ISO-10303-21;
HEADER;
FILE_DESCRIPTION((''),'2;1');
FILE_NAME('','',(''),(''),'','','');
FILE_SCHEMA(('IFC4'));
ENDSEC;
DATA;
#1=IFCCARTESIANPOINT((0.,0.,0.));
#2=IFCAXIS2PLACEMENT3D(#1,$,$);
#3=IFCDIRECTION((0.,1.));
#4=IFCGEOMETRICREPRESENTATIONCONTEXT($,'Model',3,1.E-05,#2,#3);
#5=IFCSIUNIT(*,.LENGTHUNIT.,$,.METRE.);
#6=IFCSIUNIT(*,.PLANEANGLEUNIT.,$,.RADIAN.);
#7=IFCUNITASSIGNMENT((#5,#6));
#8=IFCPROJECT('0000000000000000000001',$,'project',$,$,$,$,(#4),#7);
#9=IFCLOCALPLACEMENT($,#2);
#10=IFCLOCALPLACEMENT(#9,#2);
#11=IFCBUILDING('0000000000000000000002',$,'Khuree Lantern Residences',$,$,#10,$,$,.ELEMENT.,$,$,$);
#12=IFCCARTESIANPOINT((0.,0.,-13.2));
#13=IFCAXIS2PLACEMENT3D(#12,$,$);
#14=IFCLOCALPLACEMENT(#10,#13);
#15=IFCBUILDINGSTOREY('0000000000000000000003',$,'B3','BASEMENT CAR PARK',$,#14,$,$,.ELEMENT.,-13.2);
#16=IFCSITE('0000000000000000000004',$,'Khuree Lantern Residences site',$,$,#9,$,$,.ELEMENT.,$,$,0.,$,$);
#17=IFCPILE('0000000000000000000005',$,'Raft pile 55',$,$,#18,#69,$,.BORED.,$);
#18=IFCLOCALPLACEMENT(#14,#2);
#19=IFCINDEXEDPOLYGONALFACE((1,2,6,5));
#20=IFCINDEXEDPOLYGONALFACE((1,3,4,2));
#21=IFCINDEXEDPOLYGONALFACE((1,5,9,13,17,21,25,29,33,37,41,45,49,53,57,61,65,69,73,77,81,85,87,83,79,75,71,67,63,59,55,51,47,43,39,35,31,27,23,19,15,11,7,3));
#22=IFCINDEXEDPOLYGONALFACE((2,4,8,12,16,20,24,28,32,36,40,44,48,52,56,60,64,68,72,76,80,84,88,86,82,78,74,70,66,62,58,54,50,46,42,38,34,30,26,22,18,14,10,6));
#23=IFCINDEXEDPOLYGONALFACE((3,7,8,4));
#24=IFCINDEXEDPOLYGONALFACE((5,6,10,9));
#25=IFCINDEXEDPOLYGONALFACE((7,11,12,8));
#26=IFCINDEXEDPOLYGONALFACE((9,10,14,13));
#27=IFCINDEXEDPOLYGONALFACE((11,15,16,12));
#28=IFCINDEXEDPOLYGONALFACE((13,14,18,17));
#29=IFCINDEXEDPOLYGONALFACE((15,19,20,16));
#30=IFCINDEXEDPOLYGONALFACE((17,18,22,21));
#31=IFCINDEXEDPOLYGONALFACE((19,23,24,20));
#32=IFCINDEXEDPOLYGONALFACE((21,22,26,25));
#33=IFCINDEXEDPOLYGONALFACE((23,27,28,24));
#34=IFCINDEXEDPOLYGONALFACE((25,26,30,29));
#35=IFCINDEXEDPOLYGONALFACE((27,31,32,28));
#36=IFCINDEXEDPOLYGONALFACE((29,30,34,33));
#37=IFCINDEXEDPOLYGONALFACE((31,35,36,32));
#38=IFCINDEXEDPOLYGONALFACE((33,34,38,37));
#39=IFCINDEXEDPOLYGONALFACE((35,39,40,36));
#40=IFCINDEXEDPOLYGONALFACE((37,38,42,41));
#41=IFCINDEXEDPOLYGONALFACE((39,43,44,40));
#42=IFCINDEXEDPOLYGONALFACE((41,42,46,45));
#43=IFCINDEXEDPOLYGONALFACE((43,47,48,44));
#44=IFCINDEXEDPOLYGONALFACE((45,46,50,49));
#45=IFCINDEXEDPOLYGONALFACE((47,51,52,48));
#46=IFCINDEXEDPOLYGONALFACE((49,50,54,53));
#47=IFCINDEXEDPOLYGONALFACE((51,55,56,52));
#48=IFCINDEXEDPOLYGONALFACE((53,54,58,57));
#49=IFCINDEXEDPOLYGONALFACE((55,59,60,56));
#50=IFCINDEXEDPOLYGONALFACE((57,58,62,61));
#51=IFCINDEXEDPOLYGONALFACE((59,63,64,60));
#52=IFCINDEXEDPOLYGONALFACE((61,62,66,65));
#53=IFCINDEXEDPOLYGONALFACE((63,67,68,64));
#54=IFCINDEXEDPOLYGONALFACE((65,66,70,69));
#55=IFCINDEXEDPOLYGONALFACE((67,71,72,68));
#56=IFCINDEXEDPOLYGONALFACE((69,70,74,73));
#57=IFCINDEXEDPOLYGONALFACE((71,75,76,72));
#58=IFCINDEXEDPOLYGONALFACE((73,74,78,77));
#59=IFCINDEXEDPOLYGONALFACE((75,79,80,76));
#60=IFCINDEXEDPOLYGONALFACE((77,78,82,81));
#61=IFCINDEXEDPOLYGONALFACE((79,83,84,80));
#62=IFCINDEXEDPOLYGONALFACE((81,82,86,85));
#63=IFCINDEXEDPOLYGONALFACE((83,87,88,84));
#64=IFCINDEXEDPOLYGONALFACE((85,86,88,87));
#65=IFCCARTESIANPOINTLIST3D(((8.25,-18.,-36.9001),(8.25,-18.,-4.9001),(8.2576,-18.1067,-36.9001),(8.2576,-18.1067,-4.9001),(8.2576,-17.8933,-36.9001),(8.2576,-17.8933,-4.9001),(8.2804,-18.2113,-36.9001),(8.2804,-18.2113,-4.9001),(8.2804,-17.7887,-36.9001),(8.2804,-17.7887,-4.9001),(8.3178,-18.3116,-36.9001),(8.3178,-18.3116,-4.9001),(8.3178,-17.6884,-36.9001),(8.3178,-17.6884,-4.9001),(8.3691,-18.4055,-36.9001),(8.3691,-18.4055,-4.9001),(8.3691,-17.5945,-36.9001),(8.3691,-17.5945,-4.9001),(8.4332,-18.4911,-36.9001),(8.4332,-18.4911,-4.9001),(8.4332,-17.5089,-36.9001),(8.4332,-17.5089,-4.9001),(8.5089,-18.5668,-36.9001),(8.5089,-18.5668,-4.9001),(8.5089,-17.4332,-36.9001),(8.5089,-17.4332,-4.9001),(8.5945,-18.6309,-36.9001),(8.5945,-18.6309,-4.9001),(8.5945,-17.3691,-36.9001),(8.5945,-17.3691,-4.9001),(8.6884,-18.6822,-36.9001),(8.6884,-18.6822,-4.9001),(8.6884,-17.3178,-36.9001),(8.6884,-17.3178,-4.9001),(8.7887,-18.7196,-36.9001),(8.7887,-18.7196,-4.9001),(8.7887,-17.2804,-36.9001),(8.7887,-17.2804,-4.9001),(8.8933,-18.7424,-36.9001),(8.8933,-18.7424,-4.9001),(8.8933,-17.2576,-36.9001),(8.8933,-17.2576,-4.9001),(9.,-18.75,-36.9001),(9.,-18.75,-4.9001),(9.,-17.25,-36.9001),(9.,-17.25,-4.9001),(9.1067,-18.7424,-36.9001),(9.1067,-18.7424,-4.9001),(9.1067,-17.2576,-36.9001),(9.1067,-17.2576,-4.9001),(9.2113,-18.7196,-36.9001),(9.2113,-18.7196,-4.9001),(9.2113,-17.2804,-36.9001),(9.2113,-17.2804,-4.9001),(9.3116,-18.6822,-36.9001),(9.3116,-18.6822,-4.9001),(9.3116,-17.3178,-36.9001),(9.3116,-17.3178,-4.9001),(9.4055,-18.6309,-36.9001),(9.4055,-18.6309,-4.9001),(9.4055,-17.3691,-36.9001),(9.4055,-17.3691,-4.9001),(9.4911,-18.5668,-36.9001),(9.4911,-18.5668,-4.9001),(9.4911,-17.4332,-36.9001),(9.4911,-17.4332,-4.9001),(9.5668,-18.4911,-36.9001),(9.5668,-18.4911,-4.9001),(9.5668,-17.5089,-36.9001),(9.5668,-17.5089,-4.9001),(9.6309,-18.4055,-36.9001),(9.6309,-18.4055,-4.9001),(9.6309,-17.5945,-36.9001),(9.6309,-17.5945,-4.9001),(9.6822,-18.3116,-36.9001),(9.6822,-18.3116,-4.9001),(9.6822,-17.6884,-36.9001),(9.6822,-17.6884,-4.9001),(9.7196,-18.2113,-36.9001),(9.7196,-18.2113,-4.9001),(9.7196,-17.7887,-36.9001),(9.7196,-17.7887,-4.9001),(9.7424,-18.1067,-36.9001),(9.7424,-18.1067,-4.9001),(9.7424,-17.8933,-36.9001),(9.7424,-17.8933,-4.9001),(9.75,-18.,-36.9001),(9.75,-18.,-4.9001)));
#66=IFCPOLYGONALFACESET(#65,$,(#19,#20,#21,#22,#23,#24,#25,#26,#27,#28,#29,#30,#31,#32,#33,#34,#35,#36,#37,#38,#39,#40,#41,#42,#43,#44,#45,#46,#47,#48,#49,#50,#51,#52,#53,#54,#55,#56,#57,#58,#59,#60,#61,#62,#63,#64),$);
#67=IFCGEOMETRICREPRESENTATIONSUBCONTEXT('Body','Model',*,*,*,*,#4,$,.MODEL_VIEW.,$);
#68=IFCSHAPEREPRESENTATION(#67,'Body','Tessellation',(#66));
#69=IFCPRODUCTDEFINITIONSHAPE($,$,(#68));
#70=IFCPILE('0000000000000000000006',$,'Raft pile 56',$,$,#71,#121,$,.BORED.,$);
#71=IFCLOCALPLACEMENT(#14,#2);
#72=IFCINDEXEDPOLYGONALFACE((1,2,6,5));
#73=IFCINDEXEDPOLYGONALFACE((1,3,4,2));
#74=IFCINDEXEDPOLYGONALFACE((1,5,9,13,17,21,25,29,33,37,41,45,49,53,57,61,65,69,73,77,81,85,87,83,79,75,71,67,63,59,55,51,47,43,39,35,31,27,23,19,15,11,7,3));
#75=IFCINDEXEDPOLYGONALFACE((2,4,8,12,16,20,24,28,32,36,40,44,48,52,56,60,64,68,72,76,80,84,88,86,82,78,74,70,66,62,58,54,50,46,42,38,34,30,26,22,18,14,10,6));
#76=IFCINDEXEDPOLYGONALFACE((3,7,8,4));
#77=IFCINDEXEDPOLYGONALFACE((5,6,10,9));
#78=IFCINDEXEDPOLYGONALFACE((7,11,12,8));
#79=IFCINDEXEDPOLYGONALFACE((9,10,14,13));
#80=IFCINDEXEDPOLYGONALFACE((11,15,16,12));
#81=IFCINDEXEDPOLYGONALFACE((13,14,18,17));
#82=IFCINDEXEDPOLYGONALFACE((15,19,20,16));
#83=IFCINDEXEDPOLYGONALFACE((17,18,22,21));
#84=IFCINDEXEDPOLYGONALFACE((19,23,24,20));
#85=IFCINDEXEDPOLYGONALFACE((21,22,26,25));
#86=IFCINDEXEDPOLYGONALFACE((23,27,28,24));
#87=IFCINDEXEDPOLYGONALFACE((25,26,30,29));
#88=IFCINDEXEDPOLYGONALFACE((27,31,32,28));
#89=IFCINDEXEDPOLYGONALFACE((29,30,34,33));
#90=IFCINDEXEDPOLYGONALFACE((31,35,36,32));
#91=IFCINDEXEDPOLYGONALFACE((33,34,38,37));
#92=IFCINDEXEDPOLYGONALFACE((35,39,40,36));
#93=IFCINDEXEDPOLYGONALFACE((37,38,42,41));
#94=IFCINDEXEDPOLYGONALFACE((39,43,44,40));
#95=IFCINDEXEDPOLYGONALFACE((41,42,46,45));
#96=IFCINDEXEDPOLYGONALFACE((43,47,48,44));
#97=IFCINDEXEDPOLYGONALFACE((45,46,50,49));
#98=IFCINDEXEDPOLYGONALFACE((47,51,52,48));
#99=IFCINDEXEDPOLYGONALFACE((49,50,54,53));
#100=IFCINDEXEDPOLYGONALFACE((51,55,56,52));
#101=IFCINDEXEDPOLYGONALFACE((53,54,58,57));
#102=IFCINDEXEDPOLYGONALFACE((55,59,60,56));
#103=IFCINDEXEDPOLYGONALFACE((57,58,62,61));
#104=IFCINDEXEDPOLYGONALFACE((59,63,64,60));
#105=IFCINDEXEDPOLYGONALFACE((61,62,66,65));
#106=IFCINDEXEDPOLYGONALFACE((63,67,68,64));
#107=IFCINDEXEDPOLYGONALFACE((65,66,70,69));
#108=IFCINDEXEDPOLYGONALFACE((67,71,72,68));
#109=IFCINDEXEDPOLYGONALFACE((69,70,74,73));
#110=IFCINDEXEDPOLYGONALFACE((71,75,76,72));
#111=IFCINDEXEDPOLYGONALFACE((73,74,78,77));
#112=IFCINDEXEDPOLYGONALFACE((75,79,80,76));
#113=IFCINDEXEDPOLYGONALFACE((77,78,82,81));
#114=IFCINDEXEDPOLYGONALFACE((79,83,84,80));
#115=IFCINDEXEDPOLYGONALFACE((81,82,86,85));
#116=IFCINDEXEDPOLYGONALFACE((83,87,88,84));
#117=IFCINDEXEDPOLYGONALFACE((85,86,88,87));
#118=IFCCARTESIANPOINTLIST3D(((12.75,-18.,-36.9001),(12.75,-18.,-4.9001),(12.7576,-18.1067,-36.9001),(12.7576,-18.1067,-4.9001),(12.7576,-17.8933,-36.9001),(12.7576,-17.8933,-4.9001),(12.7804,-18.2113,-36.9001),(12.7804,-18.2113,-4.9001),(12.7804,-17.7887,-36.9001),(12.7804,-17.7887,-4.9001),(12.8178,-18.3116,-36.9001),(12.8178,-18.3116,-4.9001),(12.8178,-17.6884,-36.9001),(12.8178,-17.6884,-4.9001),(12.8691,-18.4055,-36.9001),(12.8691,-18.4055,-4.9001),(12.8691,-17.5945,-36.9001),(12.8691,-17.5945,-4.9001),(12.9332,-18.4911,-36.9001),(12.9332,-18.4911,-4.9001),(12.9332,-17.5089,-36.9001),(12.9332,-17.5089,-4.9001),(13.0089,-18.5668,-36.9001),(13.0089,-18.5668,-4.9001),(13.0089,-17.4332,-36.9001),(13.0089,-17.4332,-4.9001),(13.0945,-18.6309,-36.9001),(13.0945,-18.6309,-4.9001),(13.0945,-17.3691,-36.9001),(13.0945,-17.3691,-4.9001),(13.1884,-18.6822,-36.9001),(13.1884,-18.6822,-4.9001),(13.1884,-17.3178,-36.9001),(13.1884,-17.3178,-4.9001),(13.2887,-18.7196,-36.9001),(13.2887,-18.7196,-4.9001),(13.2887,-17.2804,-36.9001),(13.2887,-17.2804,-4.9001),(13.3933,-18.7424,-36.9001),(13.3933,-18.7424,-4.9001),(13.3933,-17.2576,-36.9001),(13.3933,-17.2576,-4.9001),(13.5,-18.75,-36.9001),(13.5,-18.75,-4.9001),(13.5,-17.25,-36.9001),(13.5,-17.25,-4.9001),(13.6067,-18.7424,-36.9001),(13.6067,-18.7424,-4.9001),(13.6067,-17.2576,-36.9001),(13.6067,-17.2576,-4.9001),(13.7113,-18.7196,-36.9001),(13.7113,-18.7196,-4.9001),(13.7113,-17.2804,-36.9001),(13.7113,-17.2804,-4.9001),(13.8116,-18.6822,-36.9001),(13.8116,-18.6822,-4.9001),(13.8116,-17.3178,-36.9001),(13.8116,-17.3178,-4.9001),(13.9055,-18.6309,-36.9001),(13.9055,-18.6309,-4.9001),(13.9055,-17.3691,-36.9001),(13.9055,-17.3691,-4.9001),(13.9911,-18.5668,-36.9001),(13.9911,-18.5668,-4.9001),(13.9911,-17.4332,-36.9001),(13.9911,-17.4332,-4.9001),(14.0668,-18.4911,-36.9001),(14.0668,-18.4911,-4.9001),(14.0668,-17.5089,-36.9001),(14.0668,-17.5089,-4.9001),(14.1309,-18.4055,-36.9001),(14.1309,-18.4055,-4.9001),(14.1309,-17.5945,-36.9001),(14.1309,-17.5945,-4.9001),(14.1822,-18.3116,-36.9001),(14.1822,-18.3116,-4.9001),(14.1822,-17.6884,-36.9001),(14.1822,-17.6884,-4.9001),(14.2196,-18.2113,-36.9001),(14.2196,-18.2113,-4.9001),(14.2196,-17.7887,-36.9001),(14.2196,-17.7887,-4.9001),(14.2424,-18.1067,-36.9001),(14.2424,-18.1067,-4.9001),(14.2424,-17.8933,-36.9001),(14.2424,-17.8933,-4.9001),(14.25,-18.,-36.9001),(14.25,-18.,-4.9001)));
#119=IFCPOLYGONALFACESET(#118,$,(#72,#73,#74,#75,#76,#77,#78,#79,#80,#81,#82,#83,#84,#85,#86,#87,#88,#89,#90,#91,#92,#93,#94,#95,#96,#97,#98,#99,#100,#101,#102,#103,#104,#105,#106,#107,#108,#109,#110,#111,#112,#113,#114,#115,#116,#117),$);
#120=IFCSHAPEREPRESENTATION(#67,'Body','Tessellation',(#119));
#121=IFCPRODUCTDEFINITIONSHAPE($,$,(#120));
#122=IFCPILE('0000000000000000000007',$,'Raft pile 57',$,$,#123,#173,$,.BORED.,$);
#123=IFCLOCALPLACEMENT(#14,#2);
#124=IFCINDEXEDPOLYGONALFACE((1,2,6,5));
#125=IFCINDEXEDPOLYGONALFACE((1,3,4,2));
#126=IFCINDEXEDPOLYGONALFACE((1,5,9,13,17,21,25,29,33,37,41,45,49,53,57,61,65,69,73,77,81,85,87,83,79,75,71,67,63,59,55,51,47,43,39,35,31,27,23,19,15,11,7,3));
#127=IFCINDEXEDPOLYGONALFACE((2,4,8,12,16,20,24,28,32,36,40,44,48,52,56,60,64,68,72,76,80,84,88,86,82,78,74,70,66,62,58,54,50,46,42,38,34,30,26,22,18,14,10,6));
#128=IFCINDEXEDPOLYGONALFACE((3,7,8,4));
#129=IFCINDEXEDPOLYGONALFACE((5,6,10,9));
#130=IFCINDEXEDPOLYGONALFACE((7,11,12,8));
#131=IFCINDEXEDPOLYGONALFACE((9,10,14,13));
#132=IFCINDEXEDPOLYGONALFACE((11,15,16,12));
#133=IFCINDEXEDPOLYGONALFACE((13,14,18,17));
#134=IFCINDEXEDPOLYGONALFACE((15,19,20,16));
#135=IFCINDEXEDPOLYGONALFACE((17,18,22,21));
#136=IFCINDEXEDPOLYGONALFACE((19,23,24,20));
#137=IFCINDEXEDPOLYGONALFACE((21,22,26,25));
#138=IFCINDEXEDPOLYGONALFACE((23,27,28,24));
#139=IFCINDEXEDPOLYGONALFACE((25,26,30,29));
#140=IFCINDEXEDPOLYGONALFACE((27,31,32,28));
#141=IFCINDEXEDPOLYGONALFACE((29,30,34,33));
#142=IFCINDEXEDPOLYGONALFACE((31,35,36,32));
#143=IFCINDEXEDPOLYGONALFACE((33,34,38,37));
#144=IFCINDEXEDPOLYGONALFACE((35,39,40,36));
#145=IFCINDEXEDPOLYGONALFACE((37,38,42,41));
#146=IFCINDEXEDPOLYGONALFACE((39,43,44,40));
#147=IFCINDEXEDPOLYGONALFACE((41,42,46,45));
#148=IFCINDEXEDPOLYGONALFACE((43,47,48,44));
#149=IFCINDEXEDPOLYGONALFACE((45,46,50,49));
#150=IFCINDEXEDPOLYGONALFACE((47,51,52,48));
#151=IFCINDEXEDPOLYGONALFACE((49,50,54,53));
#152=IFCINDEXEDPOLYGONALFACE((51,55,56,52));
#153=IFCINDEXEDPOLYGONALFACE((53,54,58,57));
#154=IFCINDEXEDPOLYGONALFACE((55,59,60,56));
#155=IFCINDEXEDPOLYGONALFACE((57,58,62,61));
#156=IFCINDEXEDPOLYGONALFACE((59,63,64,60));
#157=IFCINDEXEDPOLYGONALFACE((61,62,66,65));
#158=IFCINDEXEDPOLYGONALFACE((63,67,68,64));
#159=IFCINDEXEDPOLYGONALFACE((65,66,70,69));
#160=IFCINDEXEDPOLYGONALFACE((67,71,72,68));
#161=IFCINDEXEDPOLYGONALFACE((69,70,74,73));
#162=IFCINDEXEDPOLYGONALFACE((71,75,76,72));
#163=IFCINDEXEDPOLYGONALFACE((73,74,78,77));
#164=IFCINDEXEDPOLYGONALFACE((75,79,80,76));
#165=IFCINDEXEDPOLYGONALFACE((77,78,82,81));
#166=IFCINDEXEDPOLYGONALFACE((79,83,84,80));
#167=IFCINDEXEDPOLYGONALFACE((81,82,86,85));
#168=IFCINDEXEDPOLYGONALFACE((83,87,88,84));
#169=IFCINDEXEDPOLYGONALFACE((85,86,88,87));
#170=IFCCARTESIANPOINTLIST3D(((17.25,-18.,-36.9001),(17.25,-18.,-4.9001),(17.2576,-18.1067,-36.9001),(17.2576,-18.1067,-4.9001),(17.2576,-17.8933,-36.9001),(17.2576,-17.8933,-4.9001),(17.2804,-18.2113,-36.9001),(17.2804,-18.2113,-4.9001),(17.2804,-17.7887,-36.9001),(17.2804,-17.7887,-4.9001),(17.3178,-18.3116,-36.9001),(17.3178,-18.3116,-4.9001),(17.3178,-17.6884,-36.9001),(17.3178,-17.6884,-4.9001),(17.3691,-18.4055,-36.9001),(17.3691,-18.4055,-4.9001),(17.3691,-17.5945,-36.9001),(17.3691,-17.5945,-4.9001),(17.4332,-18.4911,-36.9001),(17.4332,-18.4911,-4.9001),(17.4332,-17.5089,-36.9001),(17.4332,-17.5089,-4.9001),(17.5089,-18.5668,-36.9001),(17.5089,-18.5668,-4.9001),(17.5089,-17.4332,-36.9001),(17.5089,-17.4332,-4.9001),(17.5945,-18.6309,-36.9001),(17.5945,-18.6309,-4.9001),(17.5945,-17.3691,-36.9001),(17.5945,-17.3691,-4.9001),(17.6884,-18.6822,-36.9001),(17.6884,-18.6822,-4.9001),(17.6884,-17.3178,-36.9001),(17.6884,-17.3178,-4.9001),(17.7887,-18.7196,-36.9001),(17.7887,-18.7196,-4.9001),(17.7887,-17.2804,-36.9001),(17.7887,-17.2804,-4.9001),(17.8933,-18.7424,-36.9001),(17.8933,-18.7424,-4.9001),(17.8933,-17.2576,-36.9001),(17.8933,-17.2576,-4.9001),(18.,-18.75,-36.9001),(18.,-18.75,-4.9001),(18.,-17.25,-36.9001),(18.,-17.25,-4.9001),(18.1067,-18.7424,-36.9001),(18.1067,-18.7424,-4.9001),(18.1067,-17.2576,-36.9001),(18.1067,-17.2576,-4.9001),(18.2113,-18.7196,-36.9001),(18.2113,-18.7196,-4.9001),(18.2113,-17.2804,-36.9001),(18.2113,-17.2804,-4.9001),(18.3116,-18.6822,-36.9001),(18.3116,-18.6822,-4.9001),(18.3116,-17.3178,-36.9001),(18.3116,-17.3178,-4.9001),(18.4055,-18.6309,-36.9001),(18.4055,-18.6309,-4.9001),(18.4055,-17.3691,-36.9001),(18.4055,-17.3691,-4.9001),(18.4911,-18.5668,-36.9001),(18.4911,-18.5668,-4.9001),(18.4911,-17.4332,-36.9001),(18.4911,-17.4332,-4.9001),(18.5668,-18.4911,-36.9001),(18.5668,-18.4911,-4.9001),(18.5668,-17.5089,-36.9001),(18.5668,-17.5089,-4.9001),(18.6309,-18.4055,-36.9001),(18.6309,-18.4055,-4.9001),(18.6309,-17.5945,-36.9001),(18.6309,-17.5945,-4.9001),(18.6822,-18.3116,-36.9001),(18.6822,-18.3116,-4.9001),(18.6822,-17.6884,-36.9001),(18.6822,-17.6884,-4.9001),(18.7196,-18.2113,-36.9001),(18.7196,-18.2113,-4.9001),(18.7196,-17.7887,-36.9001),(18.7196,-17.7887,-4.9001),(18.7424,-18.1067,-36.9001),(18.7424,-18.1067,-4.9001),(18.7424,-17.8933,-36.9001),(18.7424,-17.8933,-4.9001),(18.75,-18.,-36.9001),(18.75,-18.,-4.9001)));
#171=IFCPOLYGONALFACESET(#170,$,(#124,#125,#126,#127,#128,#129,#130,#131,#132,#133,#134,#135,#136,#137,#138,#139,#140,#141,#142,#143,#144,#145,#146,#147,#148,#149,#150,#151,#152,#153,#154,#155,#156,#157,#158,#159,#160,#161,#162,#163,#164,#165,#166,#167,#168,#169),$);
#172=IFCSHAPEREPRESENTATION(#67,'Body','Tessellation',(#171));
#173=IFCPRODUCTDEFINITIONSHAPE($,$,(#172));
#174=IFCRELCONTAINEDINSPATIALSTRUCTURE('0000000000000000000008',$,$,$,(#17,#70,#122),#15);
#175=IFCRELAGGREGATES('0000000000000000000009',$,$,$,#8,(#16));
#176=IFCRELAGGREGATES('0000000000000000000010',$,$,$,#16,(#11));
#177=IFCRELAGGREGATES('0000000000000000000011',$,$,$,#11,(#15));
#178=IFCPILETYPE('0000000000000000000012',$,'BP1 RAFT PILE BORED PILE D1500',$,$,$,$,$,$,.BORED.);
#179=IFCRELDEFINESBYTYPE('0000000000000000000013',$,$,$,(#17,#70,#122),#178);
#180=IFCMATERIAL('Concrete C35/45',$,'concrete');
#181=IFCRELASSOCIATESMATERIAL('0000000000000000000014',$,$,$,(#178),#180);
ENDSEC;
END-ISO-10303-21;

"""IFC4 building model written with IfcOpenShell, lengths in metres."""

from ifc_helpers import new_model, si_unit, direction, frame, origin, origin_2d, place, context, subcontext, project, spatial, circle, extrude, material, material_profile, profile_set, type_object, element, save


model = new_model("IFC4")

# Units and contexts
model_context = context("Model", 3, precision=1e-05, world=origin(), true_north=direction((0.0, 1.0)))
body_context = subcontext(model_context, "Body", "Model", "MODEL_VIEW")
ifc_project = project(units=[si_unit("LENGTHUNIT", "METRE"), si_unit("PLANEANGLEUNIT", "RADIAN")], contexts=[model_context])

# Site, building, storey
site_placement = place(None, origin())
site = spatial("IfcSite", under=ifc_project, at=site_placement, Name="Khuree Lantern Residences site", CompositionType="ELEMENT", RefElevation=0.0)
building_placement = place(site_placement, origin())
building = spatial("IfcBuilding", under=site, at=building_placement, Name="Khuree Lantern Residences", CompositionType="ELEMENT")
storey_placement = place(building_placement, frame((0.0, 0.0, -13.2)))
storey = spatial("IfcBuildingStorey", under=building, at=storey_placement, Name="B3", Description="BASEMENT CAR PARK", CompositionType="ELEMENT", Elevation=-13.2)

# Piles
ifc_material_1 = material(Name="Concrete C35/45", Category="concrete")
ifc_material_profile_1 = material_profile(ifc_material_1, circle(Radius=0.75, at=origin_2d()), Name="BORED PILE D1500")
ifc_profile_set_1 = profile_set([ifc_material_profile_1], Name="Concrete C35/45")
pile_type = type_object("IfcPileType", Name="BP1 RAFT PILE BORED PILE D1500", PredefinedType="BORED", material=ifc_profile_set_1)
for number, where, z_axis, x_axis, name in (
    (1, (9.0, -18.0, -4.9001), (0.0, 0.0, -1.0), (1.0, 0.0, 0.0), "Raft pile 55"),
    (2, (13.5, -18.0, -4.9001), (0.0, 0.0, -1.0), (1.0, 0.0, 0.0), "Raft pile 56"),
    (3, (18.0, -18.0, -4.9001), (0.0, 0.0, -1.0), (1.0, 0.0, 0.0), "Raft pile 57"),
):
    element("IfcPile", number, at=place(storey_placement, frame(where, z_axis=z_axis, x_axis=x_axis)), inside=storey, type_object=pile_type, Name=name, PredefinedType="BORED", context=body_context, shape_type="SweptSolid", body=[
        extrude(circle(Radius=0.75, at=origin_2d()), origin(), (0.0, 0.0, 1.0), 32.0),
    ])

save(model, "model.ifc")
